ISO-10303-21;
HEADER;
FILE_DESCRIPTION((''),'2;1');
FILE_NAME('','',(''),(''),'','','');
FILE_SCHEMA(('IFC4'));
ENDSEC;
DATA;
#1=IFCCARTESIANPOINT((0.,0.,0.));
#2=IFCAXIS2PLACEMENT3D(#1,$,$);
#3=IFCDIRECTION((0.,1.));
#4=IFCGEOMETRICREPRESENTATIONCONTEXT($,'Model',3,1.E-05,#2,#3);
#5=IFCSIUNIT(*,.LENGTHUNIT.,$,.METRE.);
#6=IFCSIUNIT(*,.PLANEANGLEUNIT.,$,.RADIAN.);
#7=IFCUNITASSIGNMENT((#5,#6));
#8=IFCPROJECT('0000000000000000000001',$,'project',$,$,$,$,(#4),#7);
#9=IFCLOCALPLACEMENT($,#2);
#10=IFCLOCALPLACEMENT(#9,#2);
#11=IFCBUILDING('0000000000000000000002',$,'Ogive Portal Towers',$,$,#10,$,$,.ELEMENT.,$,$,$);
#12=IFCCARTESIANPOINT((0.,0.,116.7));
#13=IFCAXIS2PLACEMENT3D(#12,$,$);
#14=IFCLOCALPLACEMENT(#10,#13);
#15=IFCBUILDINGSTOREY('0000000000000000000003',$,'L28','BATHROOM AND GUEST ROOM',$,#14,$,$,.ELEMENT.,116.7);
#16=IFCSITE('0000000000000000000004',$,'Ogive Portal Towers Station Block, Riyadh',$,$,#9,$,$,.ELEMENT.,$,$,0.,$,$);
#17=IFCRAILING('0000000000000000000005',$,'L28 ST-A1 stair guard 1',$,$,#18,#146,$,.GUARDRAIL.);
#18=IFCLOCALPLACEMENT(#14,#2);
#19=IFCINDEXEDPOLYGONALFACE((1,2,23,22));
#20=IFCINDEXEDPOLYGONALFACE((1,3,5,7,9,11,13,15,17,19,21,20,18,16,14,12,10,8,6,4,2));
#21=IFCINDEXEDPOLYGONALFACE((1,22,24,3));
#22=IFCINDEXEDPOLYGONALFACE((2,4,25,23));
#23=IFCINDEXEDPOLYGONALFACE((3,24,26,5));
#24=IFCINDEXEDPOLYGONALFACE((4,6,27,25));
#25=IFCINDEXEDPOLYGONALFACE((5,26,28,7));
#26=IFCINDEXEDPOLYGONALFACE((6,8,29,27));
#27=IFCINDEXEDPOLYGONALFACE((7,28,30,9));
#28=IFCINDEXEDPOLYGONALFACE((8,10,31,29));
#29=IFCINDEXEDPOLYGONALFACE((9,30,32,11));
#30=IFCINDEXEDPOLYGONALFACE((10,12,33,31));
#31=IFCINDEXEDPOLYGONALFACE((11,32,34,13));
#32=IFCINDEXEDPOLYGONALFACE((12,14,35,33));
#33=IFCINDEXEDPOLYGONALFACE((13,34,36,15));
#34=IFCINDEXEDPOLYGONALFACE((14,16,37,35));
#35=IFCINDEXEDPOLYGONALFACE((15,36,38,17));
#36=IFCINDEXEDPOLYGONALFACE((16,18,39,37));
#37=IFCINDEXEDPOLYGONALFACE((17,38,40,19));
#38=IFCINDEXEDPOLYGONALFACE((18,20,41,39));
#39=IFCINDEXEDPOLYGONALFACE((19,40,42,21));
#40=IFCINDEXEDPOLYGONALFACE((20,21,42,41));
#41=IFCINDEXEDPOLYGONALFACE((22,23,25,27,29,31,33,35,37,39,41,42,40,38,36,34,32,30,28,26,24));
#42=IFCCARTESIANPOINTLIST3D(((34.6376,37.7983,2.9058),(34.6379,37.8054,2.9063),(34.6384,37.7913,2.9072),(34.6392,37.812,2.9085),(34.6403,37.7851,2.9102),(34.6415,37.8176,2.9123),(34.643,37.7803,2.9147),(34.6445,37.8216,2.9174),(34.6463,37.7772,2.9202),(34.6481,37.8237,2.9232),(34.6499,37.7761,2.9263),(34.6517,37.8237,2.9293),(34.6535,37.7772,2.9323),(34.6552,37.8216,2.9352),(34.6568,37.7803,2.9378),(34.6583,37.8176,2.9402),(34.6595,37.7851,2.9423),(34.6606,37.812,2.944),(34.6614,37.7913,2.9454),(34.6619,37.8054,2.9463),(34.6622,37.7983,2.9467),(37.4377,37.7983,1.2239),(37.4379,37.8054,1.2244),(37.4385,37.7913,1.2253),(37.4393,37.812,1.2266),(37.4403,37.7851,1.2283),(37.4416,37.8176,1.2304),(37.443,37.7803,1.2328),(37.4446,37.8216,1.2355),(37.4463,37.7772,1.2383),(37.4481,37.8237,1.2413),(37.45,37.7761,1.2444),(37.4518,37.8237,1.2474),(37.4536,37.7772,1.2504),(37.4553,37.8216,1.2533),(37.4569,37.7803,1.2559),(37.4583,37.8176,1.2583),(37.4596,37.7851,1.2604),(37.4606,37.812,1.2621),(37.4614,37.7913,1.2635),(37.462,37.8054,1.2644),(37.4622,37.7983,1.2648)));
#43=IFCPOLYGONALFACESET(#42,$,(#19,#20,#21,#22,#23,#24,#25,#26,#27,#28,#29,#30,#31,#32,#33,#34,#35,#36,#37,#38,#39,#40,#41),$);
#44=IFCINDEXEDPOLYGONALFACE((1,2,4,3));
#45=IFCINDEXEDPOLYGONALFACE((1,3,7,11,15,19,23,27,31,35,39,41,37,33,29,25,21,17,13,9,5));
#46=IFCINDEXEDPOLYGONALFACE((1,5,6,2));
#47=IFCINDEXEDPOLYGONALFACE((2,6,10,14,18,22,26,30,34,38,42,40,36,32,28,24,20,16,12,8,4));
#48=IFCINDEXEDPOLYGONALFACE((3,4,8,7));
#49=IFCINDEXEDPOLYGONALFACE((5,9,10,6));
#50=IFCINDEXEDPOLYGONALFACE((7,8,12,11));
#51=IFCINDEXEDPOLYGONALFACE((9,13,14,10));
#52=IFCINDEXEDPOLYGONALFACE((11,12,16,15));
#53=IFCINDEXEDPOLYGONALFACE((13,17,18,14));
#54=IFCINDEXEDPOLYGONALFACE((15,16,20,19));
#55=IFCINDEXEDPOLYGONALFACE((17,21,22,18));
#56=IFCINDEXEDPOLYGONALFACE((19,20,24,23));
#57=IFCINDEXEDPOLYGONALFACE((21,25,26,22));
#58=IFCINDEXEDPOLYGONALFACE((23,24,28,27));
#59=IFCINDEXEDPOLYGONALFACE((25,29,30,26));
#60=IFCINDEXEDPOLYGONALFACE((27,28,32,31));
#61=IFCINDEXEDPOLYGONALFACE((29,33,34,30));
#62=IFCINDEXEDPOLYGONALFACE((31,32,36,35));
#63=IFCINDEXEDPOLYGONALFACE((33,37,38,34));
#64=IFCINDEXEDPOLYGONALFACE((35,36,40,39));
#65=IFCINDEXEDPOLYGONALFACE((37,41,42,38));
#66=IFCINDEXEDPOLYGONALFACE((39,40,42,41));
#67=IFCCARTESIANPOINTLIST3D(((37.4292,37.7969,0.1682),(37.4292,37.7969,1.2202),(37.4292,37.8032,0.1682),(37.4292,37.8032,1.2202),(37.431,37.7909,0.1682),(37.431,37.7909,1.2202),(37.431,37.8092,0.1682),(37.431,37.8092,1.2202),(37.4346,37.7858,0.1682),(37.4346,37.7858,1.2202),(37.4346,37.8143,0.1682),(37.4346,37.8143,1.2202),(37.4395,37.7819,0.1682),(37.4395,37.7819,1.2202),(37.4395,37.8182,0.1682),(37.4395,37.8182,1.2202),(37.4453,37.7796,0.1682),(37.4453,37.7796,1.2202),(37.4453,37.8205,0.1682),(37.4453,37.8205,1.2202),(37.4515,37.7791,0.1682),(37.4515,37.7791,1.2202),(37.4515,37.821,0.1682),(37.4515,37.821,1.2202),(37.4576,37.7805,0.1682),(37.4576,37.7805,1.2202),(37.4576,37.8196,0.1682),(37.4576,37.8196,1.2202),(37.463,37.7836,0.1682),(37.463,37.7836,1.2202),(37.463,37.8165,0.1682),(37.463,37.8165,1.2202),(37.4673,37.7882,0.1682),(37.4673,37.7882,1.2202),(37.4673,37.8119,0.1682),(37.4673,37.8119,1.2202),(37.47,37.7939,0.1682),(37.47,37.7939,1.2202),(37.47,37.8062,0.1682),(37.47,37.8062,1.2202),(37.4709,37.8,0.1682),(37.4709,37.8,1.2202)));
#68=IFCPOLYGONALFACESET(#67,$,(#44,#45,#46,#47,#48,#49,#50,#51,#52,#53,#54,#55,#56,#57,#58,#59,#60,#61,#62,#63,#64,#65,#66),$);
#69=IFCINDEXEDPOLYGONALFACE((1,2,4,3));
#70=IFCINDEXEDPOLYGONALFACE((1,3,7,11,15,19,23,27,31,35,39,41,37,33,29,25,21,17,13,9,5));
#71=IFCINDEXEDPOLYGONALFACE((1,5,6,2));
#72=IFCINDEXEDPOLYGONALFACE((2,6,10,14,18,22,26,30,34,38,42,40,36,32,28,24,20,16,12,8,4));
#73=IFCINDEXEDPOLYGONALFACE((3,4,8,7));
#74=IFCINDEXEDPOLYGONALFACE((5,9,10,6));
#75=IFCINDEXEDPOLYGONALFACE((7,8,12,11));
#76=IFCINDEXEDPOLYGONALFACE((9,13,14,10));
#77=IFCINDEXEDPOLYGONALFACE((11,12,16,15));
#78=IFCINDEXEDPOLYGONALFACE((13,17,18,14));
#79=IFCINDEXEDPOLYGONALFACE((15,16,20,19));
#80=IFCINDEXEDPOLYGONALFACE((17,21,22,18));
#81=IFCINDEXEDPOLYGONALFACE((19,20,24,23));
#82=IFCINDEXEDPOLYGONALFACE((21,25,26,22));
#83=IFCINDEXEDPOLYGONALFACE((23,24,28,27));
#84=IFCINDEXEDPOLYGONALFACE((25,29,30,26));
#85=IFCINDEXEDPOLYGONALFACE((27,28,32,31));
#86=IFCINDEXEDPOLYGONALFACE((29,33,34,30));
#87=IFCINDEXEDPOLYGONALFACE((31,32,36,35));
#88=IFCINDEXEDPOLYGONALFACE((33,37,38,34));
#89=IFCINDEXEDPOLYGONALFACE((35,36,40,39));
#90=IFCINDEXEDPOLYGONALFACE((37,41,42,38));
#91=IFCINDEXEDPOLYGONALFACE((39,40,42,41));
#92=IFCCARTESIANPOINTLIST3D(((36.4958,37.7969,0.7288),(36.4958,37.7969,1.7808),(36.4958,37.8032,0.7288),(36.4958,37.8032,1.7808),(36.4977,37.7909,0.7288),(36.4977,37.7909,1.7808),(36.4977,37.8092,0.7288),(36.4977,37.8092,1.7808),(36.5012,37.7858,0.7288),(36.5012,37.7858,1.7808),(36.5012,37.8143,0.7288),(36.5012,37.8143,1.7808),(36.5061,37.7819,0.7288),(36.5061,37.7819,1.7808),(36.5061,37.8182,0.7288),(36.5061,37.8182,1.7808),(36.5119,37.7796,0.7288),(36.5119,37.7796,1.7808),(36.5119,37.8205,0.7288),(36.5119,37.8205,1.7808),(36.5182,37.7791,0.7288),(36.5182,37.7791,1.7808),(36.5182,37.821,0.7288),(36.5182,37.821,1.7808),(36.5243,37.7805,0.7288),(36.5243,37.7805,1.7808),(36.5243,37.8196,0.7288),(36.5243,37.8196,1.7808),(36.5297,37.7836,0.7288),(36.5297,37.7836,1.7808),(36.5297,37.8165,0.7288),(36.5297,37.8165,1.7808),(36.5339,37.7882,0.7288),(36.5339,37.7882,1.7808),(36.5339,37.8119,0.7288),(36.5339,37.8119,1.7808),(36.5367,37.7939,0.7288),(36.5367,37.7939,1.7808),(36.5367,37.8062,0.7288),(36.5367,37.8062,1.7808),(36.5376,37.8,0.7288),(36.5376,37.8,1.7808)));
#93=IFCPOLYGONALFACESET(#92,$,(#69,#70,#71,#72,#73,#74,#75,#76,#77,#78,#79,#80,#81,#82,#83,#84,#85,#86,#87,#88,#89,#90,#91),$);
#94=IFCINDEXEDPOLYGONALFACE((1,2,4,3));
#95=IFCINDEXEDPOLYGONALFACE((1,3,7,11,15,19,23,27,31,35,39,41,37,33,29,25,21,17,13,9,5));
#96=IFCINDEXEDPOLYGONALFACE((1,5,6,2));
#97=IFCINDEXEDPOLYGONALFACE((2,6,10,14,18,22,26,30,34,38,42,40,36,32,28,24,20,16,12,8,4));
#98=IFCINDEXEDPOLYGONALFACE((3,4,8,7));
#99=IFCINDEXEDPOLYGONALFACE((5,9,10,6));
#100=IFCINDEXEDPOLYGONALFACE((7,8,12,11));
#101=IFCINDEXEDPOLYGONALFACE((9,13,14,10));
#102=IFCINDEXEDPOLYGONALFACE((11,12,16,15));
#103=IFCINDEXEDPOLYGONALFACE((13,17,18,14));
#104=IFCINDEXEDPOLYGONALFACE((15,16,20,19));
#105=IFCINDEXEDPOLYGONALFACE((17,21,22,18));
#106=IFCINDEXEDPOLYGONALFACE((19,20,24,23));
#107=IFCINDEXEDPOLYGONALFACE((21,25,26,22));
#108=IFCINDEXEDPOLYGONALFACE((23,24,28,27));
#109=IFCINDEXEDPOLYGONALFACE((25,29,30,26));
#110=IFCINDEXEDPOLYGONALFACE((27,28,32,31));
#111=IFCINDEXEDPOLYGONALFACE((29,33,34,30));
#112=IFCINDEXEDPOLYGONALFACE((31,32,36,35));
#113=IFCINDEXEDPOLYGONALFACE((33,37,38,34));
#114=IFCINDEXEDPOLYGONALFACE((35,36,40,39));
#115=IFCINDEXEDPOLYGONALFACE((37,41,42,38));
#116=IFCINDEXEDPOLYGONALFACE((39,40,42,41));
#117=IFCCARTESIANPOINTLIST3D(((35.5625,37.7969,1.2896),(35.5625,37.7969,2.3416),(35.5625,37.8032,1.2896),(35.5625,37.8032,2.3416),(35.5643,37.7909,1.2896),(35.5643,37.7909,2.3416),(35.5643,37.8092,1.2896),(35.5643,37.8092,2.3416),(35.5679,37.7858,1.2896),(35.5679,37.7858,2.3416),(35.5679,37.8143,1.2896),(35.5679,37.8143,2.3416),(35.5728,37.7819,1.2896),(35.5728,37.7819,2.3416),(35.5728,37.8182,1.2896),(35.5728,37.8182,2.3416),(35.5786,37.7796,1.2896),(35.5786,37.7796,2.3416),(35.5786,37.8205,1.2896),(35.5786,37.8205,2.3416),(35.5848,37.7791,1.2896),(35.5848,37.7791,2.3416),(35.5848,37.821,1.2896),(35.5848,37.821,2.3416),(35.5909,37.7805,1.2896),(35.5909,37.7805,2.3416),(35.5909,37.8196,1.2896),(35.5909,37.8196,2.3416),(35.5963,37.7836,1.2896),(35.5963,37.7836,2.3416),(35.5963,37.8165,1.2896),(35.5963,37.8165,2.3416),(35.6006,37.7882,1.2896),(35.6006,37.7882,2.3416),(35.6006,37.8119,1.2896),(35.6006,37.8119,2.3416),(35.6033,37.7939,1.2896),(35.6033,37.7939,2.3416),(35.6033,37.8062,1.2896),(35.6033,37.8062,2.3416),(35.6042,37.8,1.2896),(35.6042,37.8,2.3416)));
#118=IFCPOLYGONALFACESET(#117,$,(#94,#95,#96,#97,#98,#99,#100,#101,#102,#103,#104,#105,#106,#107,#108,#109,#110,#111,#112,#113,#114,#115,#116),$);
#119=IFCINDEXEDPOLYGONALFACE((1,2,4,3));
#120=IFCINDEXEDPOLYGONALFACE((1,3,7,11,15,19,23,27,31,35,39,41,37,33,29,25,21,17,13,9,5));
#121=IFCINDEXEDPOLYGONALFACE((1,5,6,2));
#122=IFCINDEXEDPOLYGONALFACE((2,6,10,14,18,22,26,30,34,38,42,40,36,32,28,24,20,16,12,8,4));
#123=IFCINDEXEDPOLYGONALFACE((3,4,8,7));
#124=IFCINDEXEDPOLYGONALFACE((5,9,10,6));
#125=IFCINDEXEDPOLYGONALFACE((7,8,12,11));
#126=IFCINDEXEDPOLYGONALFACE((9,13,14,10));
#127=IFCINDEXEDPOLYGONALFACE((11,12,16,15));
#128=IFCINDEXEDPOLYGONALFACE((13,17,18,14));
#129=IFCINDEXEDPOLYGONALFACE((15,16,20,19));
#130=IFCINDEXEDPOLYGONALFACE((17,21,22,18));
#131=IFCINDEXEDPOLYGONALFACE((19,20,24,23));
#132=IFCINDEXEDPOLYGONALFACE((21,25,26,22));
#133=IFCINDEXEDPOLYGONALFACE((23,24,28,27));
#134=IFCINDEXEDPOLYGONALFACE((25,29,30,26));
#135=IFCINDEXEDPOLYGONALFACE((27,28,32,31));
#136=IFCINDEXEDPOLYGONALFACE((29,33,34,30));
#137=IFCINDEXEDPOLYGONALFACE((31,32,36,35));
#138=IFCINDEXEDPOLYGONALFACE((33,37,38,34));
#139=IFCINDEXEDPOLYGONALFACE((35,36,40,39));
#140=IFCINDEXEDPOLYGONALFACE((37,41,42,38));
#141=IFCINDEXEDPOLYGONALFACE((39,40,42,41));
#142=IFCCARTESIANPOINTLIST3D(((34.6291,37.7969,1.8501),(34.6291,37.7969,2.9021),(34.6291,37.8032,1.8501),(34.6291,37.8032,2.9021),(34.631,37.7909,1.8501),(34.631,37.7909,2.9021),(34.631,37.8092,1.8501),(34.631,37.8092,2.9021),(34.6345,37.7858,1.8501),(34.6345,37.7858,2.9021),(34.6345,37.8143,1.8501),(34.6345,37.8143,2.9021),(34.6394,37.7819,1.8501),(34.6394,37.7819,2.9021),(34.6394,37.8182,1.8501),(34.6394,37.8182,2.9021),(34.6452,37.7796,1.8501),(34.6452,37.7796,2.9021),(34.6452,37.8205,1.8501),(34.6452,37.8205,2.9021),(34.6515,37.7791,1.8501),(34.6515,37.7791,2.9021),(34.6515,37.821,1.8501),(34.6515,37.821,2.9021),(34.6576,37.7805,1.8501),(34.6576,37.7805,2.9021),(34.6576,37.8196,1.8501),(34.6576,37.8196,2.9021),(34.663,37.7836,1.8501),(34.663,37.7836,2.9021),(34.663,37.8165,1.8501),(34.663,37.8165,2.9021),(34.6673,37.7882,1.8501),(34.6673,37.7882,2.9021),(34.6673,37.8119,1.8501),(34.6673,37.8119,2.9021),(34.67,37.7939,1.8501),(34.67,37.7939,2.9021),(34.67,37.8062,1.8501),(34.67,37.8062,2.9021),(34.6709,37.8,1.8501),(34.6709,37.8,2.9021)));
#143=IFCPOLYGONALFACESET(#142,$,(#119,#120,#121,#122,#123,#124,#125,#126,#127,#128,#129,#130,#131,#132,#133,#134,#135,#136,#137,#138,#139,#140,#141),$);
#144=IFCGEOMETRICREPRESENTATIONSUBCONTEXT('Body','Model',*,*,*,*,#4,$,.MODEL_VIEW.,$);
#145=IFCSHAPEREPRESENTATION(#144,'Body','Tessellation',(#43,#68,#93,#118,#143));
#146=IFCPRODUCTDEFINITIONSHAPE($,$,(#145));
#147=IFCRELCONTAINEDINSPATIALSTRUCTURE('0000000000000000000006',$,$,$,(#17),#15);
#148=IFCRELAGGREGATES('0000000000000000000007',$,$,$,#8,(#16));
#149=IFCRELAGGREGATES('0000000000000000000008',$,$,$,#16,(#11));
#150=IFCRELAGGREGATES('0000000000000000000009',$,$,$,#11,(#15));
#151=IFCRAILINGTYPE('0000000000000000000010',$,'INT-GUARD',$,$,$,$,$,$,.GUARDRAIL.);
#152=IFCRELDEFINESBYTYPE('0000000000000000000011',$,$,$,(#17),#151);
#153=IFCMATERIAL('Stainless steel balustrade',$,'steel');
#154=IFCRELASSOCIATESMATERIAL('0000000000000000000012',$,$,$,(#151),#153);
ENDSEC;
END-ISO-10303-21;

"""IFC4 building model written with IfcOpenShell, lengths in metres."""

from ifc_helpers import new_model, si_unit, direction, frame, origin, origin_2d, place, context, subcontext, project, spatial, circle, extrude, material, type_object, element, save


model = new_model("IFC4")

# Units and contexts
model_context = context("Model", 3, precision=1e-05, world=origin(), true_north=direction((0.0, 1.0)))
body_context = subcontext(model_context, "Body", "Model", "MODEL_VIEW")
ifc_project = project(units=[si_unit("LENGTHUNIT", "METRE"), si_unit("PLANEANGLEUNIT", "RADIAN")], contexts=[model_context])

# Site, building, storey
site_placement = place(None, origin())
site = spatial("IfcSite", under=ifc_project, at=site_placement, Name="Ogive Portal Towers Station Block, Riyadh", CompositionType="ELEMENT", RefElevation=0.0)
building_placement = place(site_placement, origin())
building = spatial("IfcBuilding", under=site, at=building_placement, Name="Ogive Portal Towers", CompositionType="ELEMENT")
storey_placement = place(building_placement, frame((0.0, 0.0, 116.7)))
storey = spatial("IfcBuildingStorey", under=building, at=storey_placement, Name="L28", Description="BATHROOM AND GUEST ROOM", CompositionType="ELEMENT", Elevation=116.7)

# Railing
ifc_material_1 = material(Name="Stainless steel balustrade", Category="steel")
railing_type_1 = type_object("IfcRailingType", Name="INT-GUARD", PredefinedType="GUARDRAIL", material=ifc_material_1)
railing_1_placement = place(storey_placement, frame((37.45, 37.8, 0.1682)))
element("IfcRailing", 1, at=railing_1_placement, inside=storey, type_object=railing_type_1, Name="L28 ST-A1 stair guard 1", PredefinedType="GUARDRAIL", context=body_context, shape_type="SweptSolid", body=[
    extrude(circle(Radius=0.0239, at=origin_2d()), frame((0.0, 0.0, 1.0762), z_axis=(-0.857242, 0.0, 0.514913), x_axis=(0.0, -1.0, 0.0)), (0.0, 0.0, 1.0), 3.2664),
    extrude(circle(Radius=0.021, at=origin_2d()), origin(), (0.0, 0.0, 1.0), 1.052),
    extrude(circle(Radius=0.021, at=origin_2d()), frame((-0.9333, 0.0, 0.5605)), (0.0, 0.0, 1.0), 1.052),
    extrude(circle(Radius=0.021, at=origin_2d()), frame((-1.8667, 0.0, 1.1213)), (0.0, 0.0, 1.0), 1.052),
    extrude(circle(Radius=0.021, at=origin_2d()), frame((-2.8, 0.0, 1.6819)), (0.0, 0.0, 1.0), 1.052),
])

save(model, "model.ifc")
